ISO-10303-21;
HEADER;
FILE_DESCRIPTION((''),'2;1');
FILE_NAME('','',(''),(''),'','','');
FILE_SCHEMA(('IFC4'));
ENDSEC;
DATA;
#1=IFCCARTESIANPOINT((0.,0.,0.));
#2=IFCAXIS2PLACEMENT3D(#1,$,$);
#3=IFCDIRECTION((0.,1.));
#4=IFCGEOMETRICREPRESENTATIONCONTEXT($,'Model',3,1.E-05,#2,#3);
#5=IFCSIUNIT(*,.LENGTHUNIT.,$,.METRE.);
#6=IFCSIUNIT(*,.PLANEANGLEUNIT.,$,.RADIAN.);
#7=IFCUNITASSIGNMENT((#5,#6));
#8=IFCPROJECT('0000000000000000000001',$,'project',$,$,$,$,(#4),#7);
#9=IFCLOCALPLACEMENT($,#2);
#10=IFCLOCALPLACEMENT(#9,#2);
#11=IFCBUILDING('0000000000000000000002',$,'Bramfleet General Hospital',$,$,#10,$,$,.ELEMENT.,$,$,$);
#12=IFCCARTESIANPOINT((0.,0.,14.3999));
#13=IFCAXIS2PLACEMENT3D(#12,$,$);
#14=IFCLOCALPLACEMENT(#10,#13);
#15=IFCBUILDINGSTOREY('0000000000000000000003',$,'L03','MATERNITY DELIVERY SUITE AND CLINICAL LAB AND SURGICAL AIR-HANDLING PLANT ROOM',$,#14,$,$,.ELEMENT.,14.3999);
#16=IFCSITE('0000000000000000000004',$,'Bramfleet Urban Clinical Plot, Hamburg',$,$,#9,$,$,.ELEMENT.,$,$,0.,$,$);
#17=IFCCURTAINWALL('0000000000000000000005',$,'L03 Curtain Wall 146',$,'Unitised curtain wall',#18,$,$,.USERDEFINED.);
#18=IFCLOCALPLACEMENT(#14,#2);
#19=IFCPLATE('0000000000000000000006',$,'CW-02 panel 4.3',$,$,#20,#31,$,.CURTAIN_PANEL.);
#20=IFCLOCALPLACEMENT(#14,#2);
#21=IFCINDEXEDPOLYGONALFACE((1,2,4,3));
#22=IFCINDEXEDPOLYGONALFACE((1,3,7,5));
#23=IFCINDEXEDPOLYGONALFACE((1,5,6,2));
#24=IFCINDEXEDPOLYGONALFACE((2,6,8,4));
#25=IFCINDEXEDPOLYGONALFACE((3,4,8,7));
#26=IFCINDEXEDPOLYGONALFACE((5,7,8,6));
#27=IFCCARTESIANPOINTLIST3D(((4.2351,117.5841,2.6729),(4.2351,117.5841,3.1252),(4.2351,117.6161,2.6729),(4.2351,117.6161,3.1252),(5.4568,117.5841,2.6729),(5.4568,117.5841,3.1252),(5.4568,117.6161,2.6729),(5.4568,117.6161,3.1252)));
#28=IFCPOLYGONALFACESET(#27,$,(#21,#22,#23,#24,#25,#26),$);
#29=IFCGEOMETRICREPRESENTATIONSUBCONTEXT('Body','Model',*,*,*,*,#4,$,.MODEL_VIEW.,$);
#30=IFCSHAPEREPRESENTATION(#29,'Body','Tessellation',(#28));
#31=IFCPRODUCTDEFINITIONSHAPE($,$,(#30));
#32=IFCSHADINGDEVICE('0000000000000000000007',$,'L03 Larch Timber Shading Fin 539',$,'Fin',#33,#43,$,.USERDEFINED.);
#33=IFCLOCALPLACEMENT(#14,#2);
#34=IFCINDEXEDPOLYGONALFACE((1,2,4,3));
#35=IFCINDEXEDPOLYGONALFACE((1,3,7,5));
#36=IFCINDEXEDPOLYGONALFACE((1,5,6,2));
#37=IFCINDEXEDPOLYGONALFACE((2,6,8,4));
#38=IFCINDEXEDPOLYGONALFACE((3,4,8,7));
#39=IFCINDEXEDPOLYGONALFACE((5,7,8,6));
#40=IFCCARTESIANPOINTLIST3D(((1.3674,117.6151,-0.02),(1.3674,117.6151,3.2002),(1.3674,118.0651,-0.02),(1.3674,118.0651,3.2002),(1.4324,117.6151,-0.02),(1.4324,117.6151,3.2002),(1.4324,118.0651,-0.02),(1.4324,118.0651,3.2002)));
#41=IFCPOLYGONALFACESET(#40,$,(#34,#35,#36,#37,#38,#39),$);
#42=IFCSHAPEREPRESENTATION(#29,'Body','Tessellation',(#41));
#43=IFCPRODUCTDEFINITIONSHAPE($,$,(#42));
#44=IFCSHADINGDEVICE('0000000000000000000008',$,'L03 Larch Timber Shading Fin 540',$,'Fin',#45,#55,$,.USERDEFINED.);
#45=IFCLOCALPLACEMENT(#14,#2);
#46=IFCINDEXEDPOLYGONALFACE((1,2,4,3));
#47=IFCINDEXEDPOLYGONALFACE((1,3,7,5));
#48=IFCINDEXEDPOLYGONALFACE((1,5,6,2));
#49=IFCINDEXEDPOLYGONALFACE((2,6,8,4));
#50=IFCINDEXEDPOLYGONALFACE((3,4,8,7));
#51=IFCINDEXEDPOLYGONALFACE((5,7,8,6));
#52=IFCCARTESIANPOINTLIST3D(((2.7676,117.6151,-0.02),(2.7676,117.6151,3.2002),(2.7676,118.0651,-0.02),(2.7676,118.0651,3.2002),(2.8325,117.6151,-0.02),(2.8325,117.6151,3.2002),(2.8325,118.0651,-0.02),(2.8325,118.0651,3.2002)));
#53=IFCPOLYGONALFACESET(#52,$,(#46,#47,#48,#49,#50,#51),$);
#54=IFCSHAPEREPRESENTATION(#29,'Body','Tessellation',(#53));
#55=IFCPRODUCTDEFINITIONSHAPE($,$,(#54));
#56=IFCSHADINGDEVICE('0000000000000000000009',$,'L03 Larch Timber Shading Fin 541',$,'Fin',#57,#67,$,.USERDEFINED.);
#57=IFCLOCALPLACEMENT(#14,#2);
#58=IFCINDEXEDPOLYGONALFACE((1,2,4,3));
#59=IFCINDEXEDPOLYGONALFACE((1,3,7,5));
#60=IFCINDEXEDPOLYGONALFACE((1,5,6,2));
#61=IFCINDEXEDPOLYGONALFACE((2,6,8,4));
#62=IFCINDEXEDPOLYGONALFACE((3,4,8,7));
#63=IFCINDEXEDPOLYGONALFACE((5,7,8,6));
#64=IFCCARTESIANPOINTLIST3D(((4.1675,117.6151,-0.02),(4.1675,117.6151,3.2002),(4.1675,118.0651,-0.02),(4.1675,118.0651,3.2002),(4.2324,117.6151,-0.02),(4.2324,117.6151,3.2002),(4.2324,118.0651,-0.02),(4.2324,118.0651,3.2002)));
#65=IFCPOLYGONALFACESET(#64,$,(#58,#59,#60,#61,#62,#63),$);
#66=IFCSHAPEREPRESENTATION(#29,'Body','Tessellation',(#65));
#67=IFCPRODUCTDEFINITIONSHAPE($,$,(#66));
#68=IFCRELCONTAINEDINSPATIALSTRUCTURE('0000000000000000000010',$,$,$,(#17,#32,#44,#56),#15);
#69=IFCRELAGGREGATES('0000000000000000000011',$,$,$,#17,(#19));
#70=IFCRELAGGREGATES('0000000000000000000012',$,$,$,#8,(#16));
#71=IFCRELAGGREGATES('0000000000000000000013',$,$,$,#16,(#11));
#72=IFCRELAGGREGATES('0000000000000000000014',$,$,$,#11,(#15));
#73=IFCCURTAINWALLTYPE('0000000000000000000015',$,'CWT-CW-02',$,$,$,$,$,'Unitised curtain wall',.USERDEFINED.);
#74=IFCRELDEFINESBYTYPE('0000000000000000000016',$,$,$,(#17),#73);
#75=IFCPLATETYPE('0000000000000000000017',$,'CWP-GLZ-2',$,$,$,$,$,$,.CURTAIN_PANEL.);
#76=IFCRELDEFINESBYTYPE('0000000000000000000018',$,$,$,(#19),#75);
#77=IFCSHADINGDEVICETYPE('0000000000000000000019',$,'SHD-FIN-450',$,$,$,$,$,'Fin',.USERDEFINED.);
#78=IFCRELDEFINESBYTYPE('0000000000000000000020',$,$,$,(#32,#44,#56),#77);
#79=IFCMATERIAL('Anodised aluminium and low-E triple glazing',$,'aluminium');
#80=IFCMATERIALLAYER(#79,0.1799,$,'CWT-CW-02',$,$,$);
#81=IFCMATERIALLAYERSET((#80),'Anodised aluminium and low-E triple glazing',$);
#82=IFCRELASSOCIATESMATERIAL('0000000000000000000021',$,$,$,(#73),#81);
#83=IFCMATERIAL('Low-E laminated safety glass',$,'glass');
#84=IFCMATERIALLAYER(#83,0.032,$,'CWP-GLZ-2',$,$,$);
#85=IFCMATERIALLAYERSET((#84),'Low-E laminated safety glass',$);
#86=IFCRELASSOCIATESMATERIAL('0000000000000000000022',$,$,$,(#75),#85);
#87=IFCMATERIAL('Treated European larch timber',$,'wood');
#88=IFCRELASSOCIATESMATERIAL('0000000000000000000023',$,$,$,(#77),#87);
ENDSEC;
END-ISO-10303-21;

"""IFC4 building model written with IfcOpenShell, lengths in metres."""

from ifc_helpers import new_model, si_unit, direction, frame, origin, origin_2d, place, context, subcontext, project, spatial, rectangle, extrude, material, layer, layer_set, material_profile, profile_set, type_object, element, aggregate, save


model = new_model("IFC4")

# Units and contexts
model_context = context("Model", 3, precision=1e-05, world=origin(), true_north=direction((0.0, 1.0)))
body_context = subcontext(model_context, "Body", "Model", "MODEL_VIEW")
ifc_project = project(units=[si_unit("LENGTHUNIT", "METRE"), si_unit("PLANEANGLEUNIT", "RADIAN")], contexts=[model_context])

# Site, building, storey
site_placement = place(None, origin())
site = spatial("IfcSite", under=ifc_project, at=site_placement, Name="Bramfleet Urban Clinical Plot, Hamburg", CompositionType="ELEMENT", RefElevation=0.0)
building_placement = place(site_placement, origin())
building = spatial("IfcBuilding", under=site, at=building_placement, Name="Bramfleet General Hospital", CompositionType="ELEMENT")
storey_placement = place(building_placement, frame((0.0, 0.0, 14.3999)))
storey = spatial("IfcBuildingStorey", under=building, at=storey_placement, Name="L03", Description="MATERNITY DELIVERY SUITE AND CLINICAL LAB AND SURGICAL AIR-HANDLING PLANT ROOM", CompositionType="ELEMENT", Elevation=14.3999)

# Curtain wall, plate
ifc_material_1 = material(Name="Anodised aluminium and low-E triple glazing", Category="aluminium")
ifc_layer_1 = layer(ifc_material_1, 0.1799, Name="CWT-CW-02")
ifc_layer_set_1 = layer_set([ifc_layer_1], Name="Anodised aluminium and low-E triple glazing")
curtain_wall_type = type_object("IfcCurtainWallType", Name="CWT-CW-02", ElementType="Unitised curtain wall", PredefinedType="USERDEFINED", material=ifc_layer_set_1)
curtain_wall_placement = place(storey_placement, origin())
curtain_wall = element("IfcCurtainWall", 1, at=curtain_wall_placement, inside=storey, type_object=curtain_wall_type, Name="L03 Curtain Wall 146", ObjectType="Unitised curtain wall", PredefinedType="USERDEFINED")
ifc_material_2 = material(Name="Low-E laminated safety glass", Category="glass")
ifc_layer_2 = layer(ifc_material_2, 0.032, Name="CWP-GLZ-2")
ifc_layer_set_2 = layer_set([ifc_layer_2], Name="Low-E laminated safety glass")
plate_type = type_object("IfcPlateType", Name="CWP-GLZ-2", PredefinedType="CURTAIN_PANEL", material=ifc_layer_set_2)
plate_1_placement = place(storey_placement, frame((4.8459, 117.6001, 2.6729), z_axis=(0.0, 0.0, 1.0), x_axis=(1.0, 0.0, 0.0)))
plate_1 = element("IfcPlate", 2, at=plate_1_placement, type_object=plate_type, Name="CW-02 panel 4.3", PredefinedType="CURTAIN_PANEL", context=body_context, shape_type="SweptSolid", body=[
    extrude(rectangle(XDim=1.2217, YDim=0.032, at=origin_2d()), origin(), (0.0, 0.0, 1.0), 0.4524),
])
aggregate(curtain_wall, [plate_1])

# Shading devices
ifc_material_3 = material(Name="Treated European larch timber", Category="wood")
ifc_material_profile_1 = material_profile(ifc_material_3, rectangle(XDim=0.0649, YDim=0.45, at=origin_2d()), Name="LARCH FIN 450x65")
ifc_profile_set_1 = profile_set([ifc_material_profile_1], Name="Treated European larch timber")
shading_device_type = type_object("IfcShadingDeviceType", Name="SHD-FIN-450", ElementType="Fin", PredefinedType="USERDEFINED", material=ifc_profile_set_1)
for number, where, z_axis, x_axis, name in (
    (3, (1.3999, 117.8401, -0.02), (0.0, 0.0, 1.0), (1.0, 0.0, 0.0), "L03 Larch Timber Shading Fin 539"),
    (4, (2.8, 117.8401, -0.02), (0.0, 0.0, 1.0), (1.0, 0.0, 0.0), "L03 Larch Timber Shading Fin 540"),
    (5, (4.2, 117.8401, -0.02), (0.0, 0.0, 1.0), (1.0, 0.0, 0.0), "L03 Larch Timber Shading Fin 541"),
):
    element("IfcShadingDevice", number, at=place(storey_placement, frame(where, z_axis=z_axis, x_axis=x_axis)), inside=storey, type_object=shading_device_type, Name=name, ObjectType="Fin", PredefinedType="USERDEFINED", context=body_context, shape_type="SweptSolid", body=[
        extrude(rectangle(XDim=0.0649, YDim=0.45, at=origin_2d()), origin(), (0.0, 0.0, 1.0), 3.2202),
    ])

save(model, "model.ifc")
